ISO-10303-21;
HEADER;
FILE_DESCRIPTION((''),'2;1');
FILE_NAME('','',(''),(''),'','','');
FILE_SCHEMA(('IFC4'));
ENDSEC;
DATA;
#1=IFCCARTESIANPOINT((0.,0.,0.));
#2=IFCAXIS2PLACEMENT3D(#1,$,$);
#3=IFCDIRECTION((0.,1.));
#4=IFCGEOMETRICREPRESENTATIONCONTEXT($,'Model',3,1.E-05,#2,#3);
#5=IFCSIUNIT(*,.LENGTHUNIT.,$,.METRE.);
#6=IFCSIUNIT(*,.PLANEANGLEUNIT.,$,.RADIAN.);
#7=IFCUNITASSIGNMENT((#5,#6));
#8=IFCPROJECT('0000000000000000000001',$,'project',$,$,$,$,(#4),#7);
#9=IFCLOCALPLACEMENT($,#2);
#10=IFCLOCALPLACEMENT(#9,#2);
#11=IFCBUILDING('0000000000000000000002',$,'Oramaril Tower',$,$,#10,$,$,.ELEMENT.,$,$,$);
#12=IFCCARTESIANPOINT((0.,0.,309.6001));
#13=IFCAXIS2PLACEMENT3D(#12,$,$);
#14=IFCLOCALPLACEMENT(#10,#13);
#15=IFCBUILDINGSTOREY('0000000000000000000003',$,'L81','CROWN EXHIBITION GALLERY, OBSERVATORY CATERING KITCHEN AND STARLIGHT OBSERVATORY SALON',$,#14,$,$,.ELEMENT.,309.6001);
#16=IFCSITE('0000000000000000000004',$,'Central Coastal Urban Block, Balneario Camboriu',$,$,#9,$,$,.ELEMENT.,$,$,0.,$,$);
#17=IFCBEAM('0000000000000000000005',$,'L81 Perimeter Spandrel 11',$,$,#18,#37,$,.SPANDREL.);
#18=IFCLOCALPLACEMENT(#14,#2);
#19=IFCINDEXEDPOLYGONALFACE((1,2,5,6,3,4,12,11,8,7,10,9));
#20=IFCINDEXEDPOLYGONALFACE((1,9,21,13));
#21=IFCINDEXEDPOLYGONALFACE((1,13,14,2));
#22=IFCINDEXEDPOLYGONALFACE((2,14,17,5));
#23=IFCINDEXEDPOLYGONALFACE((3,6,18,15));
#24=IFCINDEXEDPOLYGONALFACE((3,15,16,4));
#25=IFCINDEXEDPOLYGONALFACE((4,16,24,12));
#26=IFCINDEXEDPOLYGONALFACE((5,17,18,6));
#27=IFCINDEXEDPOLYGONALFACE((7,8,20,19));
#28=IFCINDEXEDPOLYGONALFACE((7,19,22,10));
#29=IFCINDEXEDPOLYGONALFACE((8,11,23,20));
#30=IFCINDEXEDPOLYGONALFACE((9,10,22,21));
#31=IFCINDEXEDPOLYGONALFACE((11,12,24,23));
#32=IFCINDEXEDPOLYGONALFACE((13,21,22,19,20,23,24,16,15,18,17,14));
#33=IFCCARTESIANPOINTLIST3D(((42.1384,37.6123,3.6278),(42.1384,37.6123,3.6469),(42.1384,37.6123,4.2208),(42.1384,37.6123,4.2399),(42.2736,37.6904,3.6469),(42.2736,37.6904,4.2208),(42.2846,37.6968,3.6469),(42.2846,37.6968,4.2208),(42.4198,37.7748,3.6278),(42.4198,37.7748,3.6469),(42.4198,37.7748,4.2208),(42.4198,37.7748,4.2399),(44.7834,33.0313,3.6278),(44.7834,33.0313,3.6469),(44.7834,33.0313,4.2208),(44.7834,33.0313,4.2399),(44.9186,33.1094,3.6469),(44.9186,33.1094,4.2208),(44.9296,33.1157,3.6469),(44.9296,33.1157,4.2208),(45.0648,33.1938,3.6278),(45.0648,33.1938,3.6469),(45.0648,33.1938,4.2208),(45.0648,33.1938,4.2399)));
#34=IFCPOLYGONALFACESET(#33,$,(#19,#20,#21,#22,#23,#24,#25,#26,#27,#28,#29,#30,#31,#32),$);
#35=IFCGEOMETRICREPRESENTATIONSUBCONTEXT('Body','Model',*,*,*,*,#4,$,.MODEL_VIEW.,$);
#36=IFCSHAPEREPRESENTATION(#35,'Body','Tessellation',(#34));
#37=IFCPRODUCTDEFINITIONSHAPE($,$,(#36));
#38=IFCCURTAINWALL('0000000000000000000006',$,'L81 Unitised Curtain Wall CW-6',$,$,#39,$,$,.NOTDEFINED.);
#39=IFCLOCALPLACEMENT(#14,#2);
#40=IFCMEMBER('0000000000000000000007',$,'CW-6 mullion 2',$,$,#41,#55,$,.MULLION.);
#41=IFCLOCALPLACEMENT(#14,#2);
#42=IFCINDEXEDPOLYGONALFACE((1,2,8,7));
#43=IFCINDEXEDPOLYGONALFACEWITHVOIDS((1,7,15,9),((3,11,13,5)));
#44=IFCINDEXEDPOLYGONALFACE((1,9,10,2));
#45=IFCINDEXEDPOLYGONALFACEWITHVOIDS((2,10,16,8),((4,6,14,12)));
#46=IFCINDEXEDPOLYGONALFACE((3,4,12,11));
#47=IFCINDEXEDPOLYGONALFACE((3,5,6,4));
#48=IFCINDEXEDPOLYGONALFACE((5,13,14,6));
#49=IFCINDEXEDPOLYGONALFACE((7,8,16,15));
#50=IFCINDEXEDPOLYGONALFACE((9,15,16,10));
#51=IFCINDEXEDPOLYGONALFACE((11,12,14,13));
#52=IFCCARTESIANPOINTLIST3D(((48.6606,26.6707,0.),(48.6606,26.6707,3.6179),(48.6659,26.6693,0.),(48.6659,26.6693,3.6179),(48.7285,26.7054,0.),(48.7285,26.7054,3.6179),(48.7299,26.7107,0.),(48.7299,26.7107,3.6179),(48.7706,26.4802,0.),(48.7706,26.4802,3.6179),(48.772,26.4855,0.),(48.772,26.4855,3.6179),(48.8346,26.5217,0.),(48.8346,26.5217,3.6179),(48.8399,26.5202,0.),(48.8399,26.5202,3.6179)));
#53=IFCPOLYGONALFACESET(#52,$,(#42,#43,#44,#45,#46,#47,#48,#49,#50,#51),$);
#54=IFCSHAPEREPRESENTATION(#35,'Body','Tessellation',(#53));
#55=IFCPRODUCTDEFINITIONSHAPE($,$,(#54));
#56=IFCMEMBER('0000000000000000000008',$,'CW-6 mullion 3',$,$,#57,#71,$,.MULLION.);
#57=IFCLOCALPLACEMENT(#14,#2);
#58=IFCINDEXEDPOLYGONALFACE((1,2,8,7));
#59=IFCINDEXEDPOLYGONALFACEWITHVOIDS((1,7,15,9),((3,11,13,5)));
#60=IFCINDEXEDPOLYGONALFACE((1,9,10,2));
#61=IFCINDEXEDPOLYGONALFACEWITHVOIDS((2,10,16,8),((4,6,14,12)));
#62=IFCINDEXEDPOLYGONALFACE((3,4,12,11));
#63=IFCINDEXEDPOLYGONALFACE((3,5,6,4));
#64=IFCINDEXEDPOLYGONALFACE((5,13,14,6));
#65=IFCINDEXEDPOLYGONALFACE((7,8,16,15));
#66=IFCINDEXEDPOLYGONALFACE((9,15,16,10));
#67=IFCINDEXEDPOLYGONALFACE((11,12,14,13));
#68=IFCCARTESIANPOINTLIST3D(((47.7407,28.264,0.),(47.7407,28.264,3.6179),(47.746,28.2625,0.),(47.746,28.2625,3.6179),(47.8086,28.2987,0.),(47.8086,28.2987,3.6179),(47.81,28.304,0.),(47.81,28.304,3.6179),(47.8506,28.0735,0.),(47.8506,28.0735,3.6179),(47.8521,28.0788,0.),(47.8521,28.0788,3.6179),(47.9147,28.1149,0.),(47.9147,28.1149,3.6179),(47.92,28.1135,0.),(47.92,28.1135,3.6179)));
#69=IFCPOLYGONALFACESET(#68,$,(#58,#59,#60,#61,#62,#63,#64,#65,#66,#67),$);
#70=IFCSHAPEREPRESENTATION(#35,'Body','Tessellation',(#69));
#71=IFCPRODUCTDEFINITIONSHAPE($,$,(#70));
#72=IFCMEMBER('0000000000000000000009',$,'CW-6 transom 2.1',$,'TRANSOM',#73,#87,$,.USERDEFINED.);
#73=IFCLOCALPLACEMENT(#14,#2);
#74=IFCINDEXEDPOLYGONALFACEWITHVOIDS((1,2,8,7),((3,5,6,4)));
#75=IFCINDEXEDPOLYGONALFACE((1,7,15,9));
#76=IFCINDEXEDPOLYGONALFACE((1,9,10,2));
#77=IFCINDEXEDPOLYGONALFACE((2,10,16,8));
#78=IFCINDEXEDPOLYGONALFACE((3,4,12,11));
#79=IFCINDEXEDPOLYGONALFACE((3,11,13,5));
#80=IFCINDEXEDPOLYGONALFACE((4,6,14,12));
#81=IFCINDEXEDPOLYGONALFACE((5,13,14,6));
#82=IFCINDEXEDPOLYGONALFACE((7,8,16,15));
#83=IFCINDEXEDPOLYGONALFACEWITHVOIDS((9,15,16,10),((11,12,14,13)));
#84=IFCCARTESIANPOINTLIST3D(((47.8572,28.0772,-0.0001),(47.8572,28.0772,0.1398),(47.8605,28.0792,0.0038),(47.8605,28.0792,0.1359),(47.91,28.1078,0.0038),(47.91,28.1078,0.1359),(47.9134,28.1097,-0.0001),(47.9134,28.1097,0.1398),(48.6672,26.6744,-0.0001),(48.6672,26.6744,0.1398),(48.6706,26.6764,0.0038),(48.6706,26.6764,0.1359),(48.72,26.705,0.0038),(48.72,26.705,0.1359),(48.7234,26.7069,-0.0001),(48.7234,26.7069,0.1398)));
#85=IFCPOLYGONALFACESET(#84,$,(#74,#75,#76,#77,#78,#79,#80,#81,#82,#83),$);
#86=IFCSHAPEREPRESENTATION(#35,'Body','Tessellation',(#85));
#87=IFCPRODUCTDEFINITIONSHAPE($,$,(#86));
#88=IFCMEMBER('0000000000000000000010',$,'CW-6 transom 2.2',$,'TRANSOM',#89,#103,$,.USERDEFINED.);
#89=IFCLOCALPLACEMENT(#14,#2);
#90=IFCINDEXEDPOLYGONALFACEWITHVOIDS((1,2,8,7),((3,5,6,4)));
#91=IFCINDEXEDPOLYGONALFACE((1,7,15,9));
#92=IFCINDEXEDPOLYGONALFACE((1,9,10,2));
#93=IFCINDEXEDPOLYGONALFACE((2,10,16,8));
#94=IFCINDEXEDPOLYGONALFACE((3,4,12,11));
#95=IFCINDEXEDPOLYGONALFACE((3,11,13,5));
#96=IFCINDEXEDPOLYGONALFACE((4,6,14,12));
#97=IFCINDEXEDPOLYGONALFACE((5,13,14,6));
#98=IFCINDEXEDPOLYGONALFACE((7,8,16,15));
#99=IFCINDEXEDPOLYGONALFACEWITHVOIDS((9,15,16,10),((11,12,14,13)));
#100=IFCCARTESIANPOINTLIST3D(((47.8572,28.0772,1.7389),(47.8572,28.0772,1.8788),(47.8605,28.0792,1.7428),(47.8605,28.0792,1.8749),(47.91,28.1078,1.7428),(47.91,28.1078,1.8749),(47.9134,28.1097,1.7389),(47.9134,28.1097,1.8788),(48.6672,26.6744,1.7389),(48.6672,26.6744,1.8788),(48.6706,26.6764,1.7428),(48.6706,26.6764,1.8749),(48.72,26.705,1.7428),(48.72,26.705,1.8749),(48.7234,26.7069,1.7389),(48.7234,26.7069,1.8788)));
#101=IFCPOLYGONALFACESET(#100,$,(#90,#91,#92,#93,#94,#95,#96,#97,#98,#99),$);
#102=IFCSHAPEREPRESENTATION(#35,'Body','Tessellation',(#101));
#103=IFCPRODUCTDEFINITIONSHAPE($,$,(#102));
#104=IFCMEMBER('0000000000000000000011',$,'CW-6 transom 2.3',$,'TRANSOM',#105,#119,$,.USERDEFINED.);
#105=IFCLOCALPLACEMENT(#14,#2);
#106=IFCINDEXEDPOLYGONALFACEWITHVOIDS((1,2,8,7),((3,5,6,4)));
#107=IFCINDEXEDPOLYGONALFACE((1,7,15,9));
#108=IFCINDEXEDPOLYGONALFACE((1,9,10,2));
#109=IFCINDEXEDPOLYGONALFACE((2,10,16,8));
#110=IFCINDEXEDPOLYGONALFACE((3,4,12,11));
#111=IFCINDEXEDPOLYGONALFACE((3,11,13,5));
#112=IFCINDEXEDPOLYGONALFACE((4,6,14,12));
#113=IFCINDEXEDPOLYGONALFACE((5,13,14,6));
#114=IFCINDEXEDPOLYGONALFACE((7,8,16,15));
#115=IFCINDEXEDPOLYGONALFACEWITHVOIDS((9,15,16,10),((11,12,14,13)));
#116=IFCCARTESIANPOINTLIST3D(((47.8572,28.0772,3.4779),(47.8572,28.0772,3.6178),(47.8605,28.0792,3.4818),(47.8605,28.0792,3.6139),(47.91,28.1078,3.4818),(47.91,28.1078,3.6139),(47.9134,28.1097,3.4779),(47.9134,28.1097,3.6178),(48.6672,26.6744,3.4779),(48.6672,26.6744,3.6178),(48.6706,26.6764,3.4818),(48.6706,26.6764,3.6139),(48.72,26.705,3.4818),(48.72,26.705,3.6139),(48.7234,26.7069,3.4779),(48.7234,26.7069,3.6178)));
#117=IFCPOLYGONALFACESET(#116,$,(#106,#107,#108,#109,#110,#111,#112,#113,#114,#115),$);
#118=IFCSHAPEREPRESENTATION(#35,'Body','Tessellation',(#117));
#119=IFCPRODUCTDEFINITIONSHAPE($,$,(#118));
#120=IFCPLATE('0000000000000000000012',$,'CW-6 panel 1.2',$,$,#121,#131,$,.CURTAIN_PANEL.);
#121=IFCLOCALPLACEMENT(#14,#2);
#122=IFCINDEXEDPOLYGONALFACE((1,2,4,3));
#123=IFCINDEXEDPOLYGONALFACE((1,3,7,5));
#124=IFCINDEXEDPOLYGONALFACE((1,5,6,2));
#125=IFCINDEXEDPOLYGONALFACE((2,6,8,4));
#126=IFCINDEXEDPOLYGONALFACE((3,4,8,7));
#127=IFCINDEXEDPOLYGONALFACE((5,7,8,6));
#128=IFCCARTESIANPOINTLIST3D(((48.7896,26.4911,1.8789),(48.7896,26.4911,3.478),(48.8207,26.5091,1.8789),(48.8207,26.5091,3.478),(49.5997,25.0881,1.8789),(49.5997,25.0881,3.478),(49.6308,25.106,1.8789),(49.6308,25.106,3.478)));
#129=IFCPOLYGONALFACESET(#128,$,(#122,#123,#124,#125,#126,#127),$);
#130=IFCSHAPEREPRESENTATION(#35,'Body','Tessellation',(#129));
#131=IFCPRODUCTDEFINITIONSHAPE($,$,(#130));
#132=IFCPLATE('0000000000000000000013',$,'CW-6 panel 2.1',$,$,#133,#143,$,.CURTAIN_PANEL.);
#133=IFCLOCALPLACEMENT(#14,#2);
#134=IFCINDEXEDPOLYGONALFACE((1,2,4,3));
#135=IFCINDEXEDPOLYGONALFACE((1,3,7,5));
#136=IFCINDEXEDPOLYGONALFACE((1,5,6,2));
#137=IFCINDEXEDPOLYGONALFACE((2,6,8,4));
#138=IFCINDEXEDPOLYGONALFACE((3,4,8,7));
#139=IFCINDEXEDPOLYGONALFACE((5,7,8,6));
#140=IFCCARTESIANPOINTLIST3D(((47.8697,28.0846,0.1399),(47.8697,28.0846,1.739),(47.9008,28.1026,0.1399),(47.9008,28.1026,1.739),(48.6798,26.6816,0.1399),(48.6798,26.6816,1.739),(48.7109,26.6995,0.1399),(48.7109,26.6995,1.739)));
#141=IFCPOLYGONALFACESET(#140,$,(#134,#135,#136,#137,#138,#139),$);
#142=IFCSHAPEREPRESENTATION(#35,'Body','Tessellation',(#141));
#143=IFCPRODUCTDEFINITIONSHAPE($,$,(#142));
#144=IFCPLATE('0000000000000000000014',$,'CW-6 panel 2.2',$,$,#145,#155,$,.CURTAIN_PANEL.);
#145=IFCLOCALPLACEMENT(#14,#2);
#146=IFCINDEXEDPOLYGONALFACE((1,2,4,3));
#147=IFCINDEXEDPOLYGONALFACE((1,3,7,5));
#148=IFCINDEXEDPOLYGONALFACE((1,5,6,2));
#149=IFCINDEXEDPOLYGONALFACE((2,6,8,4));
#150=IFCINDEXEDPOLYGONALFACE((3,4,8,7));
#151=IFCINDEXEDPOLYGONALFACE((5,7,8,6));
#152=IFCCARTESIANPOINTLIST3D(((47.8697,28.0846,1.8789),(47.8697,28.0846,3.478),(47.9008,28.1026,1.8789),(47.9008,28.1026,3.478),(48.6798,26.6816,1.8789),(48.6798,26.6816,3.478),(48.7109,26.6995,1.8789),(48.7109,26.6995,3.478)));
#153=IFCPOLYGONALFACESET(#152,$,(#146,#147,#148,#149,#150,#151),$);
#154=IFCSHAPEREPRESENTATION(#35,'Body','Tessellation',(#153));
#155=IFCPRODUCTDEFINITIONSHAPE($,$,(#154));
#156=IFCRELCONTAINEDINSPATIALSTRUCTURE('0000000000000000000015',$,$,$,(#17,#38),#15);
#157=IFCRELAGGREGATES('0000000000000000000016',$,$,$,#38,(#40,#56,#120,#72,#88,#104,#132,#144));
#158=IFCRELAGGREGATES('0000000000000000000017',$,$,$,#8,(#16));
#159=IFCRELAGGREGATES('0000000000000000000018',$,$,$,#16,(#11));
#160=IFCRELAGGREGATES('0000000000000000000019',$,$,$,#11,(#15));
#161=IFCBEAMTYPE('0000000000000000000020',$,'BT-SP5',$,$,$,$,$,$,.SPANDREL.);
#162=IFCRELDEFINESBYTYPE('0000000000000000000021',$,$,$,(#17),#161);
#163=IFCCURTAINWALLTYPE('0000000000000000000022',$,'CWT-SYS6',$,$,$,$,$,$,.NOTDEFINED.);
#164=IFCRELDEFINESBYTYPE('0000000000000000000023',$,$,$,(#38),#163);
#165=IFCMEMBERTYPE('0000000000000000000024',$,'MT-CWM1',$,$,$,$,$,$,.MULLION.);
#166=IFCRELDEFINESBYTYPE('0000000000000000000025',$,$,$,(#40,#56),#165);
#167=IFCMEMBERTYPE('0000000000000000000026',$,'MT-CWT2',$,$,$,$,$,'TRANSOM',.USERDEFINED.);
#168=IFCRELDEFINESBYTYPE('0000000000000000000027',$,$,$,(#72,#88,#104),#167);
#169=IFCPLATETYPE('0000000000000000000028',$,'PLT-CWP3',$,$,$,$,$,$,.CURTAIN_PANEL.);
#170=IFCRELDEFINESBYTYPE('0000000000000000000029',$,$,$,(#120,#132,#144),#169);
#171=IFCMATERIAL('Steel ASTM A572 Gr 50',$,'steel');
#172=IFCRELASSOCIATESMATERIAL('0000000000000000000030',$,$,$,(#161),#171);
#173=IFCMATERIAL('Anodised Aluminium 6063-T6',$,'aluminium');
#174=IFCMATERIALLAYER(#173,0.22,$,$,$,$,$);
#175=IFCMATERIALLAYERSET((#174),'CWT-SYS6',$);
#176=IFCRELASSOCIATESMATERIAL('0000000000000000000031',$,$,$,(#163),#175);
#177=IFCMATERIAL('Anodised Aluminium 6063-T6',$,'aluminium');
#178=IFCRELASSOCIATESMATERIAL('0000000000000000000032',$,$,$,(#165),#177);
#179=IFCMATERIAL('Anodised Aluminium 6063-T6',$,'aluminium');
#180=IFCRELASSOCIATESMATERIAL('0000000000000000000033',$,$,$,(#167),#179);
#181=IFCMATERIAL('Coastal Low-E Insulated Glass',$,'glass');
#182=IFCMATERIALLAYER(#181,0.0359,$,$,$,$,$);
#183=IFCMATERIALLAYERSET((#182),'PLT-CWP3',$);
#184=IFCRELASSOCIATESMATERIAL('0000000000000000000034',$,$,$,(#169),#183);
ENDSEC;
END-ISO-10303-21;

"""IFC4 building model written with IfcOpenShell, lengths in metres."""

from ifc_helpers import new_model, si_unit, direction, frame, origin, origin_2d, place, context, subcontext, project, spatial, rectangle, hollow_rectangle, i_section, extrude, material, layer, layer_set, material_profile, profile_set, type_object, element, aggregate, save


model = new_model("IFC4")

# Units and contexts
model_context = context("Model", 3, precision=1e-05, world=origin(), true_north=direction((0.0, 1.0)))
body_context = subcontext(model_context, "Body", "Model", "MODEL_VIEW")
ifc_project = project(units=[si_unit("LENGTHUNIT", "METRE"), si_unit("PLANEANGLEUNIT", "RADIAN")], contexts=[model_context])

# Site, building, storey
site_placement = place(None, origin())
site = spatial("IfcSite", under=ifc_project, at=site_placement, Name="Central Coastal Urban Block, Balneario Camboriu", CompositionType="ELEMENT", RefElevation=0.0)
building_placement = place(site_placement, origin())
building = spatial("IfcBuilding", under=site, at=building_placement, Name="Oramaril Tower", CompositionType="ELEMENT")
storey_placement = place(building_placement, frame((0.0, 0.0, 309.6001)))
storey = spatial("IfcBuildingStorey", under=building, at=storey_placement, Name="L81", Description="CROWN EXHIBITION GALLERY, OBSERVATORY CATERING KITCHEN AND STARLIGHT OBSERVATORY SALON", CompositionType="ELEMENT", Elevation=309.6001)

# Beam
ifc_material_1 = material(Name="Steel ASTM A572 Gr 50", Category="steel")
ifc_material_profile_1 = material_profile(ifc_material_1, i_section(OverallWidth=0.325, OverallDepth=0.6121, WebThickness=0.0127, FlangeThickness=0.019, at=origin_2d()), Name="W24X104")
ifc_profile_set_1 = profile_set([ifc_material_profile_1], Name="Steel ASTM A572 Gr 50")
beam_type = type_object("IfcBeamType", Name="BT-SP5", PredefinedType="SPANDREL", material=ifc_profile_set_1)
beam_placement = place(storey_placement, frame((44.9241, 33.1125, 3.9338), z_axis=(-0.500021, 0.866013, 0.0), x_axis=(-0.866013, -0.500021, 0.0)))
element("IfcBeam", 1, at=beam_placement, inside=storey, type_object=beam_type, Name="L81 Perimeter Spandrel 11", PredefinedType="SPANDREL", context=body_context, shape_type="SweptSolid", body=[
    extrude(i_section(OverallWidth=0.325, OverallDepth=0.6121, WebThickness=0.0127, FlangeThickness=0.019, at=origin_2d()), origin(), (0.0, 0.0, 1.0), 5.2898),
])

# Curtain wall, members, plates
ifc_material_2 = material(Name="Anodised Aluminium 6063-T6", Category="aluminium")
ifc_layer_1 = layer(ifc_material_2, 0.22)
ifc_layer_set_1 = layer_set([ifc_layer_1], Name="CWT-SYS6")
curtain_wall_type = type_object("IfcCurtainWallType", Name="CWT-SYS6", PredefinedType="NOTDEFINED", material=ifc_layer_set_1)
curtain_wall_placement = place(storey_placement, origin())
curtain_wall = element("IfcCurtainWall", 2, at=curtain_wall_placement, inside=storey, type_object=curtain_wall_type, Name="L81 Unitised Curtain Wall CW-6", PredefinedType="NOTDEFINED")
ifc_material_3 = material(Name="Anodised Aluminium 6063-T6", Category="aluminium")
ifc_material_profile_2 = material_profile(ifc_material_3, hollow_rectangle(XDim=0.0801, YDim=0.22, WallThickness=0.0039, at=origin_2d()), Name="CWM220X80")
ifc_profile_set_2 = profile_set([ifc_material_profile_2], Name="Anodised Aluminium 6063-T6")
member_type_1 = type_object("IfcMemberType", Name="MT-CWM1", PredefinedType="MULLION", material=ifc_profile_set_2)
member_1_placement = place(storey_placement, frame((48.7502, 26.5955, 0.0), z_axis=(0.0, 0.0, 1.0), x_axis=(-0.866025, -0.5, 0.0)))
member_1 = element("IfcMember", 3, at=member_1_placement, type_object=member_type_1, Name="CW-6 mullion 2", PredefinedType="MULLION", context=body_context, shape_type="SweptSolid", body=[
    extrude(hollow_rectangle(XDim=0.0801, YDim=0.22, WallThickness=0.0039, at=origin_2d()), origin(), (0.0, 0.0, 1.0), 3.6179),
])
member_2_placement = place(storey_placement, frame((47.8303, 28.1887, 0.0), z_axis=(0.0, 0.0, 1.0), x_axis=(-0.866025, -0.5, 0.0)))
member_2 = element("IfcMember", 4, at=member_2_placement, type_object=member_type_1, Name="CW-6 mullion 3", PredefinedType="MULLION", context=body_context, shape_type="SweptSolid", body=[
    extrude(hollow_rectangle(XDim=0.0801, YDim=0.22, WallThickness=0.0039, at=origin_2d()), origin(), (0.0, 0.0, 1.0), 3.6179),
])
ifc_material_4 = material(Name="Anodised Aluminium 6063-T6", Category="aluminium")
ifc_material_profile_3 = material_profile(ifc_material_4, hollow_rectangle(XDim=0.0649, YDim=0.1399, WallThickness=0.0039, at=origin_2d()), Name="CWT140X65")
ifc_profile_set_3 = profile_set([ifc_material_profile_3], Name="Anodised Aluminium 6063-T6")
member_type_2 = type_object("IfcMemberType", Name="MT-CWT2", ElementType="TRANSOM", PredefinedType="USERDEFINED", material=ifc_profile_set_3)
member_3_placement = place(storey_placement, frame((48.6953, 26.6907, 0.0698), z_axis=(-0.500062, 0.86599, 0.0), x_axis=(-0.86599, -0.500062, 0.0)))
member_3 = element("IfcMember", 5, at=member_3_placement, type_object=member_type_2, Name="CW-6 transom 2.1", ObjectType="TRANSOM", PredefinedType="USERDEFINED", context=body_context, shape_type="SweptSolid", body=[
    extrude(hollow_rectangle(XDim=0.0649, YDim=0.1399, WallThickness=0.0039, at=origin_2d()), origin(), (0.0, 0.0, 1.0), 1.6199),
])
member_4_placement = place(storey_placement, frame((48.6953, 26.6907, 1.8088), z_axis=(-0.500062, 0.86599, 0.0), x_axis=(-0.86599, -0.500062, 0.0)))
member_4 = element("IfcMember", 6, at=member_4_placement, type_object=member_type_2, Name="CW-6 transom 2.2", ObjectType="TRANSOM", PredefinedType="USERDEFINED", context=body_context, shape_type="SweptSolid", body=[
    extrude(hollow_rectangle(XDim=0.0649, YDim=0.1399, WallThickness=0.0039, at=origin_2d()), origin(), (0.0, 0.0, 1.0), 1.6199),
])
member_5_placement = place(storey_placement, frame((48.6953, 26.6907, 3.5479), z_axis=(-0.500062, 0.86599, 0.0), x_axis=(-0.86599, -0.500062, 0.0)))
member_5 = element("IfcMember", 7, at=member_5_placement, type_object=member_type_2, Name="CW-6 transom 2.3", ObjectType="TRANSOM", PredefinedType="USERDEFINED", context=body_context, shape_type="SweptSolid", body=[
    extrude(hollow_rectangle(XDim=0.0649, YDim=0.1399, WallThickness=0.0039, at=origin_2d()), origin(), (0.0, 0.0, 1.0), 1.6199),
])
ifc_material_5 = material(Name="Coastal Low-E Insulated Glass", Category="glass")
ifc_layer_2 = layer(ifc_material_5, 0.0359)
ifc_layer_set_2 = layer_set([ifc_layer_2], Name="PLT-CWP3")
plate_type = type_object("IfcPlateType", Name="PLT-CWP3", PredefinedType="CURTAIN_PANEL", material=ifc_layer_set_2)
plate_1_placement = place(storey_placement, frame((49.2102, 25.7986, 1.8789), z_axis=(0.0, 0.0, 1.0), x_axis=(-0.5, 0.866025, 0.0)))
plate_1 = element("IfcPlate", 8, at=plate_1_placement, type_object=plate_type, Name="CW-6 panel 1.2", PredefinedType="CURTAIN_PANEL", context=body_context, shape_type="SweptSolid", body=[
    extrude(rectangle(XDim=1.6201, YDim=0.0359, at=origin_2d()), origin(), (0.0, 0.0, 1.0), 1.5991),
])
plate_2_placement = place(storey_placement, frame((48.2903, 27.3921, 0.1399), z_axis=(0.0, 0.0, 1.0), x_axis=(-0.5, 0.866025, 0.0)))
plate_2 = element("IfcPlate", 9, at=plate_2_placement, type_object=plate_type, Name="CW-6 panel 2.1", PredefinedType="CURTAIN_PANEL", context=body_context, shape_type="SweptSolid", body=[
    extrude(rectangle(XDim=1.6201, YDim=0.0359, at=origin_2d()), origin(), (0.0, 0.0, 1.0), 1.5991),
])
plate_3_placement = place(storey_placement, frame((48.2903, 27.3921, 1.8789), z_axis=(0.0, 0.0, 1.0), x_axis=(-0.5, 0.866025, 0.0)))
plate_3 = element("IfcPlate", 10, at=plate_3_placement, type_object=plate_type, Name="CW-6 panel 2.2", PredefinedType="CURTAIN_PANEL", context=body_context, shape_type="SweptSolid", body=[
    extrude(rectangle(XDim=1.6201, YDim=0.0359, at=origin_2d()), origin(), (0.0, 0.0, 1.0), 1.5991),
])
aggregate(curtain_wall, [member_1, member_2, plate_1, member_3, member_4, member_5, plate_2, plate_3])

save(model, "model.ifc")
